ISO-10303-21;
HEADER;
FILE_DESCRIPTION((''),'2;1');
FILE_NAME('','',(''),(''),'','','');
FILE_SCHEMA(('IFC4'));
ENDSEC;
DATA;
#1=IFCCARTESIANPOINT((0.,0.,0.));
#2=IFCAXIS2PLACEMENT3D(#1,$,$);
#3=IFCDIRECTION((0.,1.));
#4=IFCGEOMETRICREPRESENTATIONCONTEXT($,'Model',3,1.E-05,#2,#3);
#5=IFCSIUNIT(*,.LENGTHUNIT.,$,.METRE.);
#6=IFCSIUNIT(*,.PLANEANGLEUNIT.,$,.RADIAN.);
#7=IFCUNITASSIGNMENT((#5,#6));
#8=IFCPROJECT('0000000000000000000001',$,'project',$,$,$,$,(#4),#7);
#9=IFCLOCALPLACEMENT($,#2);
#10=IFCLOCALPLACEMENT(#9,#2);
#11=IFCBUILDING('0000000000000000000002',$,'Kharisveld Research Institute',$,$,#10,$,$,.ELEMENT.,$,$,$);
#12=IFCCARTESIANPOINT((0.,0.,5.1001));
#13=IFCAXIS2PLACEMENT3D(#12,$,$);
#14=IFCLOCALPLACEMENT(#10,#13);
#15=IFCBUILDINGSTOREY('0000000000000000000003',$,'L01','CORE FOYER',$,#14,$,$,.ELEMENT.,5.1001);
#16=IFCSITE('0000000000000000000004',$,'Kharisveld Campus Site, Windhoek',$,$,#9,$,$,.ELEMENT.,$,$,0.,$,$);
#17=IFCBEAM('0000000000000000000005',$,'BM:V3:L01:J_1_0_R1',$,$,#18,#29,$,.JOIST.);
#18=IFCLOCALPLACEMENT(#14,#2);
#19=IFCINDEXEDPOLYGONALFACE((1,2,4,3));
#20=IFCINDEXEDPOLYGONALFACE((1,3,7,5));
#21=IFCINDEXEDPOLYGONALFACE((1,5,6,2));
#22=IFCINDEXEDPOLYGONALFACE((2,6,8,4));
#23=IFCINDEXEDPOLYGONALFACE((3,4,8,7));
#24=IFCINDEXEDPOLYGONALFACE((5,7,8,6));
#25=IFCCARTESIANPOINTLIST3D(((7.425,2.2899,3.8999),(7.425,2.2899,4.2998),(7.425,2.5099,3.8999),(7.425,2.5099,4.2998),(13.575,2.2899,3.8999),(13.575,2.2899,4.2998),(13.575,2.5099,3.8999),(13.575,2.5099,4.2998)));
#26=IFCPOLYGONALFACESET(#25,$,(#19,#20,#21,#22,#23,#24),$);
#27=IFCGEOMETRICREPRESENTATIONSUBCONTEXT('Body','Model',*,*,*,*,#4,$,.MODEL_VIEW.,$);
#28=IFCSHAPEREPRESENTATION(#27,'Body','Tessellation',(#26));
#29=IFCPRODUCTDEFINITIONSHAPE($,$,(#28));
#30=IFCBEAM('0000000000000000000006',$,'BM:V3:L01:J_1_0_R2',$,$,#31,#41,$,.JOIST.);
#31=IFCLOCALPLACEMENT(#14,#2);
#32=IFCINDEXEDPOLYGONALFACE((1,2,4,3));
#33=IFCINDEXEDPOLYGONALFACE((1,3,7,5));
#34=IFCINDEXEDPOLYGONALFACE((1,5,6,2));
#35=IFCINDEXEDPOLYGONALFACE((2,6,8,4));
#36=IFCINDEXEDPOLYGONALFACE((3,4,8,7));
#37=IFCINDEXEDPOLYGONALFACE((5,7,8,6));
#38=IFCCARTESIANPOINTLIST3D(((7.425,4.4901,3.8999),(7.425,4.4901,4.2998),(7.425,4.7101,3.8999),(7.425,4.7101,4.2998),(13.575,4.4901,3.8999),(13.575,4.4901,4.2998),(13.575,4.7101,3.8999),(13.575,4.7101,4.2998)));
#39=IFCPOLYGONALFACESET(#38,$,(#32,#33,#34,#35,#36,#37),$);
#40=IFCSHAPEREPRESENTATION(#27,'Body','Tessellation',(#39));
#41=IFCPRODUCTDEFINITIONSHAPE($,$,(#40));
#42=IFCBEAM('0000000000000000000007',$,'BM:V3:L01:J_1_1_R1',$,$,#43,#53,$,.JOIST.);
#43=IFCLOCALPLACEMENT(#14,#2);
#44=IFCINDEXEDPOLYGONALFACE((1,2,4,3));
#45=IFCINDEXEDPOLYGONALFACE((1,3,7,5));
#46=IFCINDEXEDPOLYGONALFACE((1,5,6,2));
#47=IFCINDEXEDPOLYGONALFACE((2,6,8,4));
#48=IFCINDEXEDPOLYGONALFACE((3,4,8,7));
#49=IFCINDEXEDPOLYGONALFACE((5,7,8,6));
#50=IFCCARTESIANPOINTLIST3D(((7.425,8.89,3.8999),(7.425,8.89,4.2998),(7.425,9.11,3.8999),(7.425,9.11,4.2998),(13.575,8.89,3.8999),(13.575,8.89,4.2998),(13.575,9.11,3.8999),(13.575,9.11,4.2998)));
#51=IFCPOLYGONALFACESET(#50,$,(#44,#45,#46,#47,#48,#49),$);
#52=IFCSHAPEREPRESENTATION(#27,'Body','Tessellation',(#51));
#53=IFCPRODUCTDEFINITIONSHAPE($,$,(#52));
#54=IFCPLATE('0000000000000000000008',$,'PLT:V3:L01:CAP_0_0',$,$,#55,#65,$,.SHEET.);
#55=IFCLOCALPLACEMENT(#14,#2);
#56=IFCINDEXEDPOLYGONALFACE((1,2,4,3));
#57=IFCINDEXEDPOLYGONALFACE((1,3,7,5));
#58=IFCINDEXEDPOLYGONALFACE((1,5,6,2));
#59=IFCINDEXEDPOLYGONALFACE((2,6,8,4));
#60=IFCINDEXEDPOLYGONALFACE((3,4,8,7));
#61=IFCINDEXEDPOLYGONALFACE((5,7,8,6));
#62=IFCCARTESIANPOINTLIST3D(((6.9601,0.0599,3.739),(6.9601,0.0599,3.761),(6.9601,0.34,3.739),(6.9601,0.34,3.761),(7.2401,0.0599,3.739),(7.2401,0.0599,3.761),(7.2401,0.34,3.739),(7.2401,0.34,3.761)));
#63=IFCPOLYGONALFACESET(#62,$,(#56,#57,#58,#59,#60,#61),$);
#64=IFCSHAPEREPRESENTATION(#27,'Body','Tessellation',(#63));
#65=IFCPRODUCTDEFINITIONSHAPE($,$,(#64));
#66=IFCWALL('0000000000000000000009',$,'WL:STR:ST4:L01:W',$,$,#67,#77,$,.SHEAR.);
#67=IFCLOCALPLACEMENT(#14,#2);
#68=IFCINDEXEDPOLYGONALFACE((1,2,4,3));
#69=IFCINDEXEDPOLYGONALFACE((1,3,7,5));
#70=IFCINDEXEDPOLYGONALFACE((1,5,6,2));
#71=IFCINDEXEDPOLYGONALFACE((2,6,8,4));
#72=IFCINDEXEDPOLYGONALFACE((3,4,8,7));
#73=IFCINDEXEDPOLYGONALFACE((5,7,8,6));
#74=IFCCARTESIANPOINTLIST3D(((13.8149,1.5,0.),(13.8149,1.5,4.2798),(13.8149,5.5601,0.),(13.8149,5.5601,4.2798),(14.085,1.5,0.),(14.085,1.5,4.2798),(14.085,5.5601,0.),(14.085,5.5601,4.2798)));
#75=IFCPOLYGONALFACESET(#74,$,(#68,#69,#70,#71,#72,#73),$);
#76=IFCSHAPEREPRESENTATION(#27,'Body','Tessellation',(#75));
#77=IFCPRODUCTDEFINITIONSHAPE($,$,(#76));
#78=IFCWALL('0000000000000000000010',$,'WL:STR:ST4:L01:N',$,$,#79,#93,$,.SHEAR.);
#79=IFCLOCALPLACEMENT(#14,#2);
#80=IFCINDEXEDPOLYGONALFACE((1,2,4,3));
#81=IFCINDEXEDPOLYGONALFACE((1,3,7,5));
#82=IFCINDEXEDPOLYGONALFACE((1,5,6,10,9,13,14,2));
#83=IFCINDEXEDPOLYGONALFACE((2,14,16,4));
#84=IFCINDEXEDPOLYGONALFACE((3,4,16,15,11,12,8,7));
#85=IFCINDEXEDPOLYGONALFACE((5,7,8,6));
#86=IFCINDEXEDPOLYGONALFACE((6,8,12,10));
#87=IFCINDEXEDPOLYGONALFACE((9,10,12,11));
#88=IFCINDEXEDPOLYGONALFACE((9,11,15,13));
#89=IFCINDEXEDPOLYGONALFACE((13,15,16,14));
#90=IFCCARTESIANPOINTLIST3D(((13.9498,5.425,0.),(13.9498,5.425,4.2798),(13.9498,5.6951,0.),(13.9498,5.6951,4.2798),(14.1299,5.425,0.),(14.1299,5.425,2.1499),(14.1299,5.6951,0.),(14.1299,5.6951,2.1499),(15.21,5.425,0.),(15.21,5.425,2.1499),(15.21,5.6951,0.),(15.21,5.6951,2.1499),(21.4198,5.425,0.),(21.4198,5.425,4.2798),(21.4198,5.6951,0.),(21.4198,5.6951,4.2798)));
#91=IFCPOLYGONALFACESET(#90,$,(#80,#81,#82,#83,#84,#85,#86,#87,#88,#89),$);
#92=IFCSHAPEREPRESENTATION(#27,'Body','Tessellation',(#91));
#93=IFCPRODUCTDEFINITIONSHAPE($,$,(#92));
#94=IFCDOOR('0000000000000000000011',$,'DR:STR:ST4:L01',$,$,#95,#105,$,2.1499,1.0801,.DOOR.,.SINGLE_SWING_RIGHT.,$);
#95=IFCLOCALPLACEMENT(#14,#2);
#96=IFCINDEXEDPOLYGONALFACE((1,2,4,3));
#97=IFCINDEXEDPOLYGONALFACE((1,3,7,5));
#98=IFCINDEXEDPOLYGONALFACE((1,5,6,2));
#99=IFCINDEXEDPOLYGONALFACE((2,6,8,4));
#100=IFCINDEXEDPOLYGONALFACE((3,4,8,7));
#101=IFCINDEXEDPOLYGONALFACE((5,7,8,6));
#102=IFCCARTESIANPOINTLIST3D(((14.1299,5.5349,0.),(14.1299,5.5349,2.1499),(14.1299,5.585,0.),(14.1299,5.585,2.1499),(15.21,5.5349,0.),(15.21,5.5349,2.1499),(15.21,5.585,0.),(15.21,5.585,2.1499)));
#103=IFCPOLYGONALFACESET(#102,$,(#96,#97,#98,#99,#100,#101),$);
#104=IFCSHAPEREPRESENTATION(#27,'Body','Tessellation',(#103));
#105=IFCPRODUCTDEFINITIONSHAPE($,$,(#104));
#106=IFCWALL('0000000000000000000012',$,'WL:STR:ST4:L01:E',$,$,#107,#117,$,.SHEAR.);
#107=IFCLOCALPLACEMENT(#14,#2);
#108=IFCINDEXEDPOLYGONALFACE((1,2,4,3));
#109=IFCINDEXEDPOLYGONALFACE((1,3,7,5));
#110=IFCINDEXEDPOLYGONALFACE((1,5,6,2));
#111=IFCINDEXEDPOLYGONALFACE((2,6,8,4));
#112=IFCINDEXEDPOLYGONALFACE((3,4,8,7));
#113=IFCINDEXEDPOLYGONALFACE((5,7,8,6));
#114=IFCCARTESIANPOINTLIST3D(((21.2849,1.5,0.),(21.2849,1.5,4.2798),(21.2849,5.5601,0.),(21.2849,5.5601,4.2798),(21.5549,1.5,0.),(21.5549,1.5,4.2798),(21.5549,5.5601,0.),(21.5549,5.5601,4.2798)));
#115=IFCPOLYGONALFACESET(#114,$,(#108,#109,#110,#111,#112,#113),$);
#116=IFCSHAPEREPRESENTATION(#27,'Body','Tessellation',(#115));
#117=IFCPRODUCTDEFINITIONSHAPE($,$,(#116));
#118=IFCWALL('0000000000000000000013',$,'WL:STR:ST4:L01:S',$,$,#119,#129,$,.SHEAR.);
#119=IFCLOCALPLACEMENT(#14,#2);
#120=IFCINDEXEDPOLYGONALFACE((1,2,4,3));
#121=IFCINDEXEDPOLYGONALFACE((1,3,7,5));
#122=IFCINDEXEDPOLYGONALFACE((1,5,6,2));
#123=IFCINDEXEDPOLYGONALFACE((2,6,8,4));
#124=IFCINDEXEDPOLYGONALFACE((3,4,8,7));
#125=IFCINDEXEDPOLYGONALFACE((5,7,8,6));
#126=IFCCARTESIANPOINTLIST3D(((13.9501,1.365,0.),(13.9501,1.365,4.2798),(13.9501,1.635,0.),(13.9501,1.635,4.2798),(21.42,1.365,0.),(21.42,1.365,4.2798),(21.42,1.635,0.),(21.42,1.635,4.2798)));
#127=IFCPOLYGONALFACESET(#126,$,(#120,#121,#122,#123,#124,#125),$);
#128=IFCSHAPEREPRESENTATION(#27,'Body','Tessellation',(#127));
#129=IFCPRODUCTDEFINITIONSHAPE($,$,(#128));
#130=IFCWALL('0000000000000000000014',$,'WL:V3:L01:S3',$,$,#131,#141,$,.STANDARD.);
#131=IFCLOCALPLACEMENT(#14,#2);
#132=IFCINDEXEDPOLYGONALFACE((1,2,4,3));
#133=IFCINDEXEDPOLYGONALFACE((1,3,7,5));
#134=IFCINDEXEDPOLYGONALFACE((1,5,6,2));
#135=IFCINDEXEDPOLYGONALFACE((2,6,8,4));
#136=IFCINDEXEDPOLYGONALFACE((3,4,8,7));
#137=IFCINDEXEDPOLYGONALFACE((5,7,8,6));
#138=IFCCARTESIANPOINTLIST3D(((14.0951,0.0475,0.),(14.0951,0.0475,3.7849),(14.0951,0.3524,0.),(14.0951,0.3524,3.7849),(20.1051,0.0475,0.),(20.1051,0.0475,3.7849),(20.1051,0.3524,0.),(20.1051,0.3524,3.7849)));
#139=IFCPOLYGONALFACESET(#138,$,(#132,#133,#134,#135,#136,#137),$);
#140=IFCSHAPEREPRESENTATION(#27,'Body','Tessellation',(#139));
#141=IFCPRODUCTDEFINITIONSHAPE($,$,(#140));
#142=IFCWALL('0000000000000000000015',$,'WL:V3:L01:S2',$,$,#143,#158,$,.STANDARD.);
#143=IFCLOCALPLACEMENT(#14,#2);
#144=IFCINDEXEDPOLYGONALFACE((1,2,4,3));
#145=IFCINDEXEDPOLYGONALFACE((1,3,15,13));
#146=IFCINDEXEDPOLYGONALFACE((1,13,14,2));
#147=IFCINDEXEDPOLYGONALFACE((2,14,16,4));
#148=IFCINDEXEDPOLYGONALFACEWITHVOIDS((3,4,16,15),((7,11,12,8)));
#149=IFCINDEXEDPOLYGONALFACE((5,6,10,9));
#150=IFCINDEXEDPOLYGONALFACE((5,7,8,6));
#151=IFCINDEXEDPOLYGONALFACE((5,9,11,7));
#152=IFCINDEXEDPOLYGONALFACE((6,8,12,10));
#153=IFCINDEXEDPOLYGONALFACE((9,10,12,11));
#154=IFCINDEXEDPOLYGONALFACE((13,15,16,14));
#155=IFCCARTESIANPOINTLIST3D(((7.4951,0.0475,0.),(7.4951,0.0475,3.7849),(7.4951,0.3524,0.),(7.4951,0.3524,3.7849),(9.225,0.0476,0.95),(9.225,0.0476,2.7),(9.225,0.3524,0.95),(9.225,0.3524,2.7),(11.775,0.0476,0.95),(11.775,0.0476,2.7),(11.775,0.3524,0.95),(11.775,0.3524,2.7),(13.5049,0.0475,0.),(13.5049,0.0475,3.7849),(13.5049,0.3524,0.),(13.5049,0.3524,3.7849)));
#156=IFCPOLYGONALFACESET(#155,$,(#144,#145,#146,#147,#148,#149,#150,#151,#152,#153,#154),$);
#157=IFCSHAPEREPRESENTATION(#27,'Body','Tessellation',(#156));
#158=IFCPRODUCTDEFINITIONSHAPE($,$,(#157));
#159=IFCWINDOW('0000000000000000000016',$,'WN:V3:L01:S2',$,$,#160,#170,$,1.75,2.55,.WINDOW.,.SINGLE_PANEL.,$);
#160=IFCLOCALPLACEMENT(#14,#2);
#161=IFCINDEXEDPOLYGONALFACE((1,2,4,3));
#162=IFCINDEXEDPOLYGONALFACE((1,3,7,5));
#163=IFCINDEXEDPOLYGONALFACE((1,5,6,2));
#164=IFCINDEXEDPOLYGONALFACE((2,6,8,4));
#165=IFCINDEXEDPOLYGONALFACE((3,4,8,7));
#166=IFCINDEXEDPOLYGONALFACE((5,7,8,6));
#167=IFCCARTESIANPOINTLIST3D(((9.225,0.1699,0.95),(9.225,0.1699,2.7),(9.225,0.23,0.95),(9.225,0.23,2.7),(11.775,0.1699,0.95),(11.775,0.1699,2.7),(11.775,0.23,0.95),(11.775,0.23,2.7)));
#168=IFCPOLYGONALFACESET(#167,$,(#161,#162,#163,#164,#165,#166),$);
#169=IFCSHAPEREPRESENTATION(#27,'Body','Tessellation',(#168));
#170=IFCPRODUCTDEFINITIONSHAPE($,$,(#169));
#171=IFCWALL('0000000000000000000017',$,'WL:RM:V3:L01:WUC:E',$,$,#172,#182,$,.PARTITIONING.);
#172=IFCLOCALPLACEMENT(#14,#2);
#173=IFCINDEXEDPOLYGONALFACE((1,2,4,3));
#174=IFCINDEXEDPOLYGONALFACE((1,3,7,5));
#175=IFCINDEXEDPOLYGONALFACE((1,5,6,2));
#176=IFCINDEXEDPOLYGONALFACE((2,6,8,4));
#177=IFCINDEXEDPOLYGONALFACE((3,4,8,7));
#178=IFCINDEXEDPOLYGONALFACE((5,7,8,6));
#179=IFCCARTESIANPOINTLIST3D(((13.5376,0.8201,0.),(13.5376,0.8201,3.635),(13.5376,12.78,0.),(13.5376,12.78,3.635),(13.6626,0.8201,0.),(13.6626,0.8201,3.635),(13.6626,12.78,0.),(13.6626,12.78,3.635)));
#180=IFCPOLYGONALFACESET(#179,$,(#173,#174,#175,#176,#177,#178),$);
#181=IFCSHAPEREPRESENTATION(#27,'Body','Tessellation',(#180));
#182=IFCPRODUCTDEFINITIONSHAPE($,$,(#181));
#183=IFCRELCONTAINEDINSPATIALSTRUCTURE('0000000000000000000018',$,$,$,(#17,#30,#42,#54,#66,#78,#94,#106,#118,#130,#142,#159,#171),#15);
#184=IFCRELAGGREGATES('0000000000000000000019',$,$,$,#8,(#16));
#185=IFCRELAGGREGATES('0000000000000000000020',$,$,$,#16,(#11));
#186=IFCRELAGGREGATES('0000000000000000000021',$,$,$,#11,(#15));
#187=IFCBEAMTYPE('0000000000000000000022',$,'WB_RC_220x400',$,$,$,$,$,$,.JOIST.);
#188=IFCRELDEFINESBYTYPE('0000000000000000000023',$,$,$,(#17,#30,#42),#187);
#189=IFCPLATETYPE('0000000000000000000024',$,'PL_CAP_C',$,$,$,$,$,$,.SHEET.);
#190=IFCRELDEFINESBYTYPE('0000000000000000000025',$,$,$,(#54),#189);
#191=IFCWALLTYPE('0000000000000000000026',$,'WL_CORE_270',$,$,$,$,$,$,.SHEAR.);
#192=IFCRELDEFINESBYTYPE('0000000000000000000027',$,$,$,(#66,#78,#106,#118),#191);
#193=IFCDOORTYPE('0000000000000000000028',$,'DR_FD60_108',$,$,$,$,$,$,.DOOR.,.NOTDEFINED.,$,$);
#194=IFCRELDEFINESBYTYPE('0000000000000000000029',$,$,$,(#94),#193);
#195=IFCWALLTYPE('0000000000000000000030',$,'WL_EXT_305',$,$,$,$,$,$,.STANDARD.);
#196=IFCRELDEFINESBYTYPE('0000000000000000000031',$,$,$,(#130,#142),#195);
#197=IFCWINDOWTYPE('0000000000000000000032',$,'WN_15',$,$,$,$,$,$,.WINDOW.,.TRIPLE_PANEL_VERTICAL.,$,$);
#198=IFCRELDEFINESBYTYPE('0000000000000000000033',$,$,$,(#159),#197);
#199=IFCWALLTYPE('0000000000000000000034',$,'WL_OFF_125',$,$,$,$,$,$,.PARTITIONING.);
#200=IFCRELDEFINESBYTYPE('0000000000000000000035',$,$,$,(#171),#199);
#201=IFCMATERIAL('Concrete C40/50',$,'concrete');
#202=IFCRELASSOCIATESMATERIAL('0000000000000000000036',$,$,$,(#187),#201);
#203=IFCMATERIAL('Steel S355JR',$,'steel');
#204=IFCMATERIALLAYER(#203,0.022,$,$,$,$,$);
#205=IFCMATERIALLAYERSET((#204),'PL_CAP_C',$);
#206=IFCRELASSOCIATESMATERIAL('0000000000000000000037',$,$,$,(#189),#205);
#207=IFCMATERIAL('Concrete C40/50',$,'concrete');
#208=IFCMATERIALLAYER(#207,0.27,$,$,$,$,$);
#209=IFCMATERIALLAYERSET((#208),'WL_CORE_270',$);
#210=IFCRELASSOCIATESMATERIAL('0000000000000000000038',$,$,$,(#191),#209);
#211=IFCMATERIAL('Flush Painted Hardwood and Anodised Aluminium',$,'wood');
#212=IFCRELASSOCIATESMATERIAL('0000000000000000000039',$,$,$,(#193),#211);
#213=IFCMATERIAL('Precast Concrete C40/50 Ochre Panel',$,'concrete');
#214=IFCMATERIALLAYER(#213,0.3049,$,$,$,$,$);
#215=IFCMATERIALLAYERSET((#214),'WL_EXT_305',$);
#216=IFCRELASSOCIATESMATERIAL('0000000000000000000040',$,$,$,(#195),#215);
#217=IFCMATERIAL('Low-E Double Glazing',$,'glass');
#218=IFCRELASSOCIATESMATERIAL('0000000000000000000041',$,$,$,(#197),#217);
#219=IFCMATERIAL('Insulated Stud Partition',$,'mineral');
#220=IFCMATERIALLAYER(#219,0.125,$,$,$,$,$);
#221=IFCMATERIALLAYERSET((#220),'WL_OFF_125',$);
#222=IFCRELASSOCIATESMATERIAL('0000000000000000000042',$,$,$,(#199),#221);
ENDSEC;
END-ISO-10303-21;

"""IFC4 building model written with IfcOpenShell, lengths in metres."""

from ifc_helpers import new_model, si_unit, direction, frame, frame_2d, origin, origin_2d, place, context, subcontext, project, spatial, rectangle, extrude, material, layer, layer_set, material_profile, profile_set, type_object, element, fill, save


model = new_model("IFC4")

# Units and contexts
model_context = context("Model", 3, precision=1e-05, world=origin(), true_north=direction((0.0, 1.0)))
body_context = subcontext(model_context, "Body", "Model", "MODEL_VIEW")
ifc_project = project(units=[si_unit("LENGTHUNIT", "METRE"), si_unit("PLANEANGLEUNIT", "RADIAN")], contexts=[model_context])

# Site, building, storey
site_placement = place(None, origin())
site = spatial("IfcSite", under=ifc_project, at=site_placement, Name="Kharisveld Campus Site, Windhoek", CompositionType="ELEMENT", RefElevation=0.0)
building_placement = place(site_placement, origin())
building = spatial("IfcBuilding", under=site, at=building_placement, Name="Kharisveld Research Institute", CompositionType="ELEMENT")
storey_placement = place(building_placement, frame((0.0, 0.0, 5.1001)))
storey = spatial("IfcBuildingStorey", under=building, at=storey_placement, Name="L01", Description="CORE FOYER", CompositionType="ELEMENT", Elevation=5.1001)

# Beams
ifc_material_1 = material(Name="Concrete C40/50", Category="concrete")
ifc_material_profile_1 = material_profile(ifc_material_1, rectangle(XDim=0.22, YDim=0.3999, at=origin_2d()))
ifc_profile_set_1 = profile_set([ifc_material_profile_1], Name="Concrete C40/50")
beam_type_1 = type_object("IfcBeamType", Name="WB_RC_220x400", PredefinedType="JOIST", material=ifc_profile_set_1)
for number, where, z_axis, x_axis, name in (
    (1, (7.425, 2.3999, 4.0999), (1.0, 0.0, 0.0), (0.0, 1.0, 0.0), "BM:V3:L01:J_1_0_R1"),
    (2, (7.425, 4.6001, 4.0999), (1.0, 0.0, 0.0), (0.0, 1.0, 0.0), "BM:V3:L01:J_1_0_R2"),
    (3, (7.425, 9.0, 4.0999), (1.0, 0.0, 0.0), (0.0, 1.0, 0.0), "BM:V3:L01:J_1_1_R1"),
):
    element("IfcBeam", number, at=place(storey_placement, frame(where, z_axis=z_axis, x_axis=x_axis)), inside=storey, type_object=beam_type_1, Name=name, PredefinedType="JOIST", context=body_context, shape_type="SweptSolid", body=[
        extrude(rectangle(XDim=0.22, YDim=0.3999, at=origin_2d()), origin(), (0.0, 0.0, 1.0), 6.1499),
    ])

# Plate
ifc_material_2 = material(Name="Steel S355JR", Category="steel")
ifc_layer_1 = layer(ifc_material_2, 0.022)
ifc_layer_set_1 = layer_set([ifc_layer_1], Name="PL_CAP_C")
plate_type = type_object("IfcPlateType", Name="PL_CAP_C", PredefinedType="SHEET", material=ifc_layer_set_1)
plate_placement = place(storey_placement, frame((7.1001, 0.2, 3.739), z_axis=(0.0, 0.0, 1.0), x_axis=(1.0, 0.0, 0.0)))
element("IfcPlate", 4, at=plate_placement, inside=storey, type_object=plate_type, Name="PLT:V3:L01:CAP_0_0", PredefinedType="SHEET", context=body_context, shape_type="SweptSolid", body=[
    extrude(rectangle(XDim=0.28, YDim=0.28, at=origin_2d()), origin(), (0.0, 0.0, 1.0), 0.022),
])

# Wall
ifc_material_3 = material(Name="Concrete C40/50", Category="concrete")
ifc_layer_2 = layer(ifc_material_3, 0.27)
ifc_layer_set_2 = layer_set([ifc_layer_2], Name="WL_CORE_270")
wall_type_1 = type_object("IfcWallType", Name="WL_CORE_270", PredefinedType="SHEAR", material=ifc_layer_set_2)
wall_1_placement = place(storey_placement, frame((13.95, 1.5, 0.0), z_axis=(0.0, 0.0, 1.0), x_axis=(0.0, 1.0, 0.0)))
element("IfcWall", 5, at=wall_1_placement, inside=storey, type_object=wall_type_1, Name="WL:STR:ST4:L01:W", PredefinedType="SHEAR", context=body_context, shape_type="SweptSolid", body=[
    extrude(rectangle(XDim=4.0601, YDim=0.27, at=frame_2d((2.03, 0.0))), origin(), (0.0, 0.0, 1.0), 4.2798),
])

# Wall, opening, door
wall_2_placement = place(storey_placement, frame((13.95, 5.5601, 0.0), z_axis=(0.0, 0.0, 1.0), x_axis=(1.0, 0.0, 0.0)))
wall_2 = element("IfcWall", 6, at=wall_2_placement, inside=storey, type_object=wall_type_1, Name="WL:STR:ST4:L01:N", PredefinedType="SHEAR", context=body_context, shape_type="SweptSolid", body=[
    extrude(rectangle(XDim=7.47, YDim=0.27, at=frame_2d((3.7349, 0.0))), origin(), (0.0, 0.0, 1.0), 4.2798),
])
opening_1_placement = place(wall_2_placement, frame((0.1799, 0.0, 0.0)))
opening_1 = element("IfcOpeningElement", 7, at=opening_1_placement, cuts=wall_2, PredefinedType="OPENING", context=body_context, shape_type="SweptSolid", body=[
    extrude(rectangle(XDim=1.0801, YDim=2.1499, at=frame_2d((0.54, 1.075))), frame((0.0, 0.135, 0.0), z_axis=(0.0, -1.0, 0.0), x_axis=(1.0, 0.0, 0.0)), (0.0, 0.0, 1.0), 0.27),
])
ifc_material_4 = material(Name="Flush Painted Hardwood and Anodised Aluminium", Category="wood")
door_type = type_object("IfcDoorType", Name="DR_FD60_108", OperationType="NOTDEFINED", PredefinedType="DOOR", material=ifc_material_4)
door_placement = place(opening_1_placement, origin())
door = element("IfcDoor", 8, at=door_placement, inside=storey, type_object=door_type, Name="DR:STR:ST4:L01", OperationType="SINGLE_SWING_RIGHT", OverallHeight=2.1499, OverallWidth=1.0801, PredefinedType="DOOR", context=body_context, shape_type="SweptSolid", body=[
    extrude(rectangle(XDim=1.0801, YDim=2.1499, at=frame_2d((0.54, 1.075))), frame((0.0, 0.0249, 0.0), z_axis=(0.0, -1.0, 0.0), x_axis=(1.0, 0.0, 0.0)), (0.0, 0.0, 1.0), 0.05),
])
fill(opening_1, door)

# Walls
wall_3_placement = place(storey_placement, frame((21.4199, 5.5601, 0.0), z_axis=(0.0, 0.0, 1.0), x_axis=(0.0, -1.0, 0.0)))
element("IfcWall", 9, at=wall_3_placement, inside=storey, type_object=wall_type_1, Name="WL:STR:ST4:L01:E", PredefinedType="SHEAR", context=body_context, shape_type="SweptSolid", body=[
    extrude(rectangle(XDim=4.0601, YDim=0.27, at=frame_2d((2.03, 0.0))), origin(), (0.0, 0.0, 1.0), 4.2798),
])
wall_4_placement = place(storey_placement, frame((21.4199, 1.5, 0.0), z_axis=(0.0, 0.0, 1.0), x_axis=(-1.0, 0.0, 0.0)))
element("IfcWall", 10, at=wall_4_placement, inside=storey, type_object=wall_type_1, Name="WL:STR:ST4:L01:S", PredefinedType="SHEAR", context=body_context, shape_type="SweptSolid", body=[
    extrude(rectangle(XDim=7.47, YDim=0.27, at=frame_2d((3.7349, 0.0))), origin(), (0.0, 0.0, 1.0), 4.2798),
])
ifc_material_5 = material(Name="Precast Concrete C40/50 Ochre Panel", Category="concrete")
ifc_layer_3 = layer(ifc_material_5, 0.3049)
ifc_layer_set_3 = layer_set([ifc_layer_3], Name="WL_EXT_305")
wall_type_2 = type_object("IfcWallType", Name="WL_EXT_305", PredefinedType="STANDARD", material=ifc_layer_set_3)
wall_5_placement = place(storey_placement, frame((20.105, 0.2, 0.0), z_axis=(0.0, 0.0, 1.0), x_axis=(-1.0, 0.0, 0.0)))
element("IfcWall", 11, at=wall_5_placement, inside=storey, type_object=wall_type_2, Name="WL:V3:L01:S3", PredefinedType="STANDARD", context=body_context, shape_type="SweptSolid", body=[
    extrude(rectangle(XDim=6.01, YDim=0.3049, at=frame_2d((3.0049, 0.0))), origin(), (0.0, 0.0, 1.0), 3.7849),
])

# Wall, opening, window
wall_6_placement = place(storey_placement, frame((13.5049, 0.2, 0.0), z_axis=(0.0, 0.0, 1.0), x_axis=(-1.0, 0.0, 0.0)))
wall_6 = element("IfcWall", 12, at=wall_6_placement, inside=storey, type_object=wall_type_2, Name="WL:V3:L01:S2", PredefinedType="STANDARD", context=body_context, shape_type="SweptSolid", body=[
    extrude(rectangle(XDim=6.0098, YDim=0.3049, at=frame_2d((3.0049, 0.0))), origin(), (0.0, 0.0, 1.0), 3.7849),
])
opening_2_placement = place(wall_6_placement, frame((1.73, 0.0, 0.95)))
opening_2 = element("IfcOpeningElement", 13, at=opening_2_placement, cuts=wall_6, PredefinedType="OPENING", context=body_context, shape_type="SweptSolid", body=[
    extrude(rectangle(XDim=2.55, YDim=1.75, at=frame_2d((1.2749, 0.875))), frame((0.0, 0.1523, 0.0), z_axis=(0.0, -1.0, 0.0), x_axis=(1.0, 0.0, 0.0)), (0.0, 0.0, 1.0), 0.3049),
])
ifc_material_6 = material(Name="Low-E Double Glazing", Category="glass")
window_type = type_object("IfcWindowType", Name="WN_15", PartitioningType="TRIPLE_PANEL_VERTICAL", PredefinedType="WINDOW", material=ifc_material_6)
window_placement = place(opening_2_placement, origin())
window = element("IfcWindow", 14, at=window_placement, inside=storey, type_object=window_type, Name="WN:V3:L01:S2", OverallHeight=1.75, OverallWidth=2.55, PartitioningType="SINGLE_PANEL", PredefinedType="WINDOW", context=body_context, shape_type="SweptSolid", body=[
    extrude(rectangle(XDim=2.55, YDim=1.75, at=frame_2d((1.2749, 0.875))), frame((0.0, 0.03, 0.0), z_axis=(0.0, -1.0, 0.0), x_axis=(1.0, 0.0, 0.0)), (0.0, 0.0, 1.0), 0.0601),
])
fill(opening_2, window)

# Wall
ifc_material_7 = material(Name="Insulated Stud Partition", Category="mineral")
ifc_layer_4 = layer(ifc_material_7, 0.125)
ifc_layer_set_4 = layer_set([ifc_layer_4], Name="WL_OFF_125")
wall_type_3 = type_object("IfcWallType", Name="WL_OFF_125", PredefinedType="PARTITIONING", material=ifc_layer_set_4)
wall_7_placement = place(storey_placement, frame((13.6001, 0.8201, 0.0), z_axis=(0.0, 0.0, 1.0), x_axis=(0.0, 1.0, 0.0)))
element("IfcWall", 15, at=wall_7_placement, inside=storey, type_object=wall_type_3, Name="WL:RM:V3:L01:WUC:E", PredefinedType="PARTITIONING", context=body_context, shape_type="SweptSolid", body=[
    extrude(rectangle(XDim=11.96, YDim=0.125, at=frame_2d((5.98, 0.0))), origin(), (0.0, 0.0, 1.0), 3.635),
])

save(model, "model.ifc")
